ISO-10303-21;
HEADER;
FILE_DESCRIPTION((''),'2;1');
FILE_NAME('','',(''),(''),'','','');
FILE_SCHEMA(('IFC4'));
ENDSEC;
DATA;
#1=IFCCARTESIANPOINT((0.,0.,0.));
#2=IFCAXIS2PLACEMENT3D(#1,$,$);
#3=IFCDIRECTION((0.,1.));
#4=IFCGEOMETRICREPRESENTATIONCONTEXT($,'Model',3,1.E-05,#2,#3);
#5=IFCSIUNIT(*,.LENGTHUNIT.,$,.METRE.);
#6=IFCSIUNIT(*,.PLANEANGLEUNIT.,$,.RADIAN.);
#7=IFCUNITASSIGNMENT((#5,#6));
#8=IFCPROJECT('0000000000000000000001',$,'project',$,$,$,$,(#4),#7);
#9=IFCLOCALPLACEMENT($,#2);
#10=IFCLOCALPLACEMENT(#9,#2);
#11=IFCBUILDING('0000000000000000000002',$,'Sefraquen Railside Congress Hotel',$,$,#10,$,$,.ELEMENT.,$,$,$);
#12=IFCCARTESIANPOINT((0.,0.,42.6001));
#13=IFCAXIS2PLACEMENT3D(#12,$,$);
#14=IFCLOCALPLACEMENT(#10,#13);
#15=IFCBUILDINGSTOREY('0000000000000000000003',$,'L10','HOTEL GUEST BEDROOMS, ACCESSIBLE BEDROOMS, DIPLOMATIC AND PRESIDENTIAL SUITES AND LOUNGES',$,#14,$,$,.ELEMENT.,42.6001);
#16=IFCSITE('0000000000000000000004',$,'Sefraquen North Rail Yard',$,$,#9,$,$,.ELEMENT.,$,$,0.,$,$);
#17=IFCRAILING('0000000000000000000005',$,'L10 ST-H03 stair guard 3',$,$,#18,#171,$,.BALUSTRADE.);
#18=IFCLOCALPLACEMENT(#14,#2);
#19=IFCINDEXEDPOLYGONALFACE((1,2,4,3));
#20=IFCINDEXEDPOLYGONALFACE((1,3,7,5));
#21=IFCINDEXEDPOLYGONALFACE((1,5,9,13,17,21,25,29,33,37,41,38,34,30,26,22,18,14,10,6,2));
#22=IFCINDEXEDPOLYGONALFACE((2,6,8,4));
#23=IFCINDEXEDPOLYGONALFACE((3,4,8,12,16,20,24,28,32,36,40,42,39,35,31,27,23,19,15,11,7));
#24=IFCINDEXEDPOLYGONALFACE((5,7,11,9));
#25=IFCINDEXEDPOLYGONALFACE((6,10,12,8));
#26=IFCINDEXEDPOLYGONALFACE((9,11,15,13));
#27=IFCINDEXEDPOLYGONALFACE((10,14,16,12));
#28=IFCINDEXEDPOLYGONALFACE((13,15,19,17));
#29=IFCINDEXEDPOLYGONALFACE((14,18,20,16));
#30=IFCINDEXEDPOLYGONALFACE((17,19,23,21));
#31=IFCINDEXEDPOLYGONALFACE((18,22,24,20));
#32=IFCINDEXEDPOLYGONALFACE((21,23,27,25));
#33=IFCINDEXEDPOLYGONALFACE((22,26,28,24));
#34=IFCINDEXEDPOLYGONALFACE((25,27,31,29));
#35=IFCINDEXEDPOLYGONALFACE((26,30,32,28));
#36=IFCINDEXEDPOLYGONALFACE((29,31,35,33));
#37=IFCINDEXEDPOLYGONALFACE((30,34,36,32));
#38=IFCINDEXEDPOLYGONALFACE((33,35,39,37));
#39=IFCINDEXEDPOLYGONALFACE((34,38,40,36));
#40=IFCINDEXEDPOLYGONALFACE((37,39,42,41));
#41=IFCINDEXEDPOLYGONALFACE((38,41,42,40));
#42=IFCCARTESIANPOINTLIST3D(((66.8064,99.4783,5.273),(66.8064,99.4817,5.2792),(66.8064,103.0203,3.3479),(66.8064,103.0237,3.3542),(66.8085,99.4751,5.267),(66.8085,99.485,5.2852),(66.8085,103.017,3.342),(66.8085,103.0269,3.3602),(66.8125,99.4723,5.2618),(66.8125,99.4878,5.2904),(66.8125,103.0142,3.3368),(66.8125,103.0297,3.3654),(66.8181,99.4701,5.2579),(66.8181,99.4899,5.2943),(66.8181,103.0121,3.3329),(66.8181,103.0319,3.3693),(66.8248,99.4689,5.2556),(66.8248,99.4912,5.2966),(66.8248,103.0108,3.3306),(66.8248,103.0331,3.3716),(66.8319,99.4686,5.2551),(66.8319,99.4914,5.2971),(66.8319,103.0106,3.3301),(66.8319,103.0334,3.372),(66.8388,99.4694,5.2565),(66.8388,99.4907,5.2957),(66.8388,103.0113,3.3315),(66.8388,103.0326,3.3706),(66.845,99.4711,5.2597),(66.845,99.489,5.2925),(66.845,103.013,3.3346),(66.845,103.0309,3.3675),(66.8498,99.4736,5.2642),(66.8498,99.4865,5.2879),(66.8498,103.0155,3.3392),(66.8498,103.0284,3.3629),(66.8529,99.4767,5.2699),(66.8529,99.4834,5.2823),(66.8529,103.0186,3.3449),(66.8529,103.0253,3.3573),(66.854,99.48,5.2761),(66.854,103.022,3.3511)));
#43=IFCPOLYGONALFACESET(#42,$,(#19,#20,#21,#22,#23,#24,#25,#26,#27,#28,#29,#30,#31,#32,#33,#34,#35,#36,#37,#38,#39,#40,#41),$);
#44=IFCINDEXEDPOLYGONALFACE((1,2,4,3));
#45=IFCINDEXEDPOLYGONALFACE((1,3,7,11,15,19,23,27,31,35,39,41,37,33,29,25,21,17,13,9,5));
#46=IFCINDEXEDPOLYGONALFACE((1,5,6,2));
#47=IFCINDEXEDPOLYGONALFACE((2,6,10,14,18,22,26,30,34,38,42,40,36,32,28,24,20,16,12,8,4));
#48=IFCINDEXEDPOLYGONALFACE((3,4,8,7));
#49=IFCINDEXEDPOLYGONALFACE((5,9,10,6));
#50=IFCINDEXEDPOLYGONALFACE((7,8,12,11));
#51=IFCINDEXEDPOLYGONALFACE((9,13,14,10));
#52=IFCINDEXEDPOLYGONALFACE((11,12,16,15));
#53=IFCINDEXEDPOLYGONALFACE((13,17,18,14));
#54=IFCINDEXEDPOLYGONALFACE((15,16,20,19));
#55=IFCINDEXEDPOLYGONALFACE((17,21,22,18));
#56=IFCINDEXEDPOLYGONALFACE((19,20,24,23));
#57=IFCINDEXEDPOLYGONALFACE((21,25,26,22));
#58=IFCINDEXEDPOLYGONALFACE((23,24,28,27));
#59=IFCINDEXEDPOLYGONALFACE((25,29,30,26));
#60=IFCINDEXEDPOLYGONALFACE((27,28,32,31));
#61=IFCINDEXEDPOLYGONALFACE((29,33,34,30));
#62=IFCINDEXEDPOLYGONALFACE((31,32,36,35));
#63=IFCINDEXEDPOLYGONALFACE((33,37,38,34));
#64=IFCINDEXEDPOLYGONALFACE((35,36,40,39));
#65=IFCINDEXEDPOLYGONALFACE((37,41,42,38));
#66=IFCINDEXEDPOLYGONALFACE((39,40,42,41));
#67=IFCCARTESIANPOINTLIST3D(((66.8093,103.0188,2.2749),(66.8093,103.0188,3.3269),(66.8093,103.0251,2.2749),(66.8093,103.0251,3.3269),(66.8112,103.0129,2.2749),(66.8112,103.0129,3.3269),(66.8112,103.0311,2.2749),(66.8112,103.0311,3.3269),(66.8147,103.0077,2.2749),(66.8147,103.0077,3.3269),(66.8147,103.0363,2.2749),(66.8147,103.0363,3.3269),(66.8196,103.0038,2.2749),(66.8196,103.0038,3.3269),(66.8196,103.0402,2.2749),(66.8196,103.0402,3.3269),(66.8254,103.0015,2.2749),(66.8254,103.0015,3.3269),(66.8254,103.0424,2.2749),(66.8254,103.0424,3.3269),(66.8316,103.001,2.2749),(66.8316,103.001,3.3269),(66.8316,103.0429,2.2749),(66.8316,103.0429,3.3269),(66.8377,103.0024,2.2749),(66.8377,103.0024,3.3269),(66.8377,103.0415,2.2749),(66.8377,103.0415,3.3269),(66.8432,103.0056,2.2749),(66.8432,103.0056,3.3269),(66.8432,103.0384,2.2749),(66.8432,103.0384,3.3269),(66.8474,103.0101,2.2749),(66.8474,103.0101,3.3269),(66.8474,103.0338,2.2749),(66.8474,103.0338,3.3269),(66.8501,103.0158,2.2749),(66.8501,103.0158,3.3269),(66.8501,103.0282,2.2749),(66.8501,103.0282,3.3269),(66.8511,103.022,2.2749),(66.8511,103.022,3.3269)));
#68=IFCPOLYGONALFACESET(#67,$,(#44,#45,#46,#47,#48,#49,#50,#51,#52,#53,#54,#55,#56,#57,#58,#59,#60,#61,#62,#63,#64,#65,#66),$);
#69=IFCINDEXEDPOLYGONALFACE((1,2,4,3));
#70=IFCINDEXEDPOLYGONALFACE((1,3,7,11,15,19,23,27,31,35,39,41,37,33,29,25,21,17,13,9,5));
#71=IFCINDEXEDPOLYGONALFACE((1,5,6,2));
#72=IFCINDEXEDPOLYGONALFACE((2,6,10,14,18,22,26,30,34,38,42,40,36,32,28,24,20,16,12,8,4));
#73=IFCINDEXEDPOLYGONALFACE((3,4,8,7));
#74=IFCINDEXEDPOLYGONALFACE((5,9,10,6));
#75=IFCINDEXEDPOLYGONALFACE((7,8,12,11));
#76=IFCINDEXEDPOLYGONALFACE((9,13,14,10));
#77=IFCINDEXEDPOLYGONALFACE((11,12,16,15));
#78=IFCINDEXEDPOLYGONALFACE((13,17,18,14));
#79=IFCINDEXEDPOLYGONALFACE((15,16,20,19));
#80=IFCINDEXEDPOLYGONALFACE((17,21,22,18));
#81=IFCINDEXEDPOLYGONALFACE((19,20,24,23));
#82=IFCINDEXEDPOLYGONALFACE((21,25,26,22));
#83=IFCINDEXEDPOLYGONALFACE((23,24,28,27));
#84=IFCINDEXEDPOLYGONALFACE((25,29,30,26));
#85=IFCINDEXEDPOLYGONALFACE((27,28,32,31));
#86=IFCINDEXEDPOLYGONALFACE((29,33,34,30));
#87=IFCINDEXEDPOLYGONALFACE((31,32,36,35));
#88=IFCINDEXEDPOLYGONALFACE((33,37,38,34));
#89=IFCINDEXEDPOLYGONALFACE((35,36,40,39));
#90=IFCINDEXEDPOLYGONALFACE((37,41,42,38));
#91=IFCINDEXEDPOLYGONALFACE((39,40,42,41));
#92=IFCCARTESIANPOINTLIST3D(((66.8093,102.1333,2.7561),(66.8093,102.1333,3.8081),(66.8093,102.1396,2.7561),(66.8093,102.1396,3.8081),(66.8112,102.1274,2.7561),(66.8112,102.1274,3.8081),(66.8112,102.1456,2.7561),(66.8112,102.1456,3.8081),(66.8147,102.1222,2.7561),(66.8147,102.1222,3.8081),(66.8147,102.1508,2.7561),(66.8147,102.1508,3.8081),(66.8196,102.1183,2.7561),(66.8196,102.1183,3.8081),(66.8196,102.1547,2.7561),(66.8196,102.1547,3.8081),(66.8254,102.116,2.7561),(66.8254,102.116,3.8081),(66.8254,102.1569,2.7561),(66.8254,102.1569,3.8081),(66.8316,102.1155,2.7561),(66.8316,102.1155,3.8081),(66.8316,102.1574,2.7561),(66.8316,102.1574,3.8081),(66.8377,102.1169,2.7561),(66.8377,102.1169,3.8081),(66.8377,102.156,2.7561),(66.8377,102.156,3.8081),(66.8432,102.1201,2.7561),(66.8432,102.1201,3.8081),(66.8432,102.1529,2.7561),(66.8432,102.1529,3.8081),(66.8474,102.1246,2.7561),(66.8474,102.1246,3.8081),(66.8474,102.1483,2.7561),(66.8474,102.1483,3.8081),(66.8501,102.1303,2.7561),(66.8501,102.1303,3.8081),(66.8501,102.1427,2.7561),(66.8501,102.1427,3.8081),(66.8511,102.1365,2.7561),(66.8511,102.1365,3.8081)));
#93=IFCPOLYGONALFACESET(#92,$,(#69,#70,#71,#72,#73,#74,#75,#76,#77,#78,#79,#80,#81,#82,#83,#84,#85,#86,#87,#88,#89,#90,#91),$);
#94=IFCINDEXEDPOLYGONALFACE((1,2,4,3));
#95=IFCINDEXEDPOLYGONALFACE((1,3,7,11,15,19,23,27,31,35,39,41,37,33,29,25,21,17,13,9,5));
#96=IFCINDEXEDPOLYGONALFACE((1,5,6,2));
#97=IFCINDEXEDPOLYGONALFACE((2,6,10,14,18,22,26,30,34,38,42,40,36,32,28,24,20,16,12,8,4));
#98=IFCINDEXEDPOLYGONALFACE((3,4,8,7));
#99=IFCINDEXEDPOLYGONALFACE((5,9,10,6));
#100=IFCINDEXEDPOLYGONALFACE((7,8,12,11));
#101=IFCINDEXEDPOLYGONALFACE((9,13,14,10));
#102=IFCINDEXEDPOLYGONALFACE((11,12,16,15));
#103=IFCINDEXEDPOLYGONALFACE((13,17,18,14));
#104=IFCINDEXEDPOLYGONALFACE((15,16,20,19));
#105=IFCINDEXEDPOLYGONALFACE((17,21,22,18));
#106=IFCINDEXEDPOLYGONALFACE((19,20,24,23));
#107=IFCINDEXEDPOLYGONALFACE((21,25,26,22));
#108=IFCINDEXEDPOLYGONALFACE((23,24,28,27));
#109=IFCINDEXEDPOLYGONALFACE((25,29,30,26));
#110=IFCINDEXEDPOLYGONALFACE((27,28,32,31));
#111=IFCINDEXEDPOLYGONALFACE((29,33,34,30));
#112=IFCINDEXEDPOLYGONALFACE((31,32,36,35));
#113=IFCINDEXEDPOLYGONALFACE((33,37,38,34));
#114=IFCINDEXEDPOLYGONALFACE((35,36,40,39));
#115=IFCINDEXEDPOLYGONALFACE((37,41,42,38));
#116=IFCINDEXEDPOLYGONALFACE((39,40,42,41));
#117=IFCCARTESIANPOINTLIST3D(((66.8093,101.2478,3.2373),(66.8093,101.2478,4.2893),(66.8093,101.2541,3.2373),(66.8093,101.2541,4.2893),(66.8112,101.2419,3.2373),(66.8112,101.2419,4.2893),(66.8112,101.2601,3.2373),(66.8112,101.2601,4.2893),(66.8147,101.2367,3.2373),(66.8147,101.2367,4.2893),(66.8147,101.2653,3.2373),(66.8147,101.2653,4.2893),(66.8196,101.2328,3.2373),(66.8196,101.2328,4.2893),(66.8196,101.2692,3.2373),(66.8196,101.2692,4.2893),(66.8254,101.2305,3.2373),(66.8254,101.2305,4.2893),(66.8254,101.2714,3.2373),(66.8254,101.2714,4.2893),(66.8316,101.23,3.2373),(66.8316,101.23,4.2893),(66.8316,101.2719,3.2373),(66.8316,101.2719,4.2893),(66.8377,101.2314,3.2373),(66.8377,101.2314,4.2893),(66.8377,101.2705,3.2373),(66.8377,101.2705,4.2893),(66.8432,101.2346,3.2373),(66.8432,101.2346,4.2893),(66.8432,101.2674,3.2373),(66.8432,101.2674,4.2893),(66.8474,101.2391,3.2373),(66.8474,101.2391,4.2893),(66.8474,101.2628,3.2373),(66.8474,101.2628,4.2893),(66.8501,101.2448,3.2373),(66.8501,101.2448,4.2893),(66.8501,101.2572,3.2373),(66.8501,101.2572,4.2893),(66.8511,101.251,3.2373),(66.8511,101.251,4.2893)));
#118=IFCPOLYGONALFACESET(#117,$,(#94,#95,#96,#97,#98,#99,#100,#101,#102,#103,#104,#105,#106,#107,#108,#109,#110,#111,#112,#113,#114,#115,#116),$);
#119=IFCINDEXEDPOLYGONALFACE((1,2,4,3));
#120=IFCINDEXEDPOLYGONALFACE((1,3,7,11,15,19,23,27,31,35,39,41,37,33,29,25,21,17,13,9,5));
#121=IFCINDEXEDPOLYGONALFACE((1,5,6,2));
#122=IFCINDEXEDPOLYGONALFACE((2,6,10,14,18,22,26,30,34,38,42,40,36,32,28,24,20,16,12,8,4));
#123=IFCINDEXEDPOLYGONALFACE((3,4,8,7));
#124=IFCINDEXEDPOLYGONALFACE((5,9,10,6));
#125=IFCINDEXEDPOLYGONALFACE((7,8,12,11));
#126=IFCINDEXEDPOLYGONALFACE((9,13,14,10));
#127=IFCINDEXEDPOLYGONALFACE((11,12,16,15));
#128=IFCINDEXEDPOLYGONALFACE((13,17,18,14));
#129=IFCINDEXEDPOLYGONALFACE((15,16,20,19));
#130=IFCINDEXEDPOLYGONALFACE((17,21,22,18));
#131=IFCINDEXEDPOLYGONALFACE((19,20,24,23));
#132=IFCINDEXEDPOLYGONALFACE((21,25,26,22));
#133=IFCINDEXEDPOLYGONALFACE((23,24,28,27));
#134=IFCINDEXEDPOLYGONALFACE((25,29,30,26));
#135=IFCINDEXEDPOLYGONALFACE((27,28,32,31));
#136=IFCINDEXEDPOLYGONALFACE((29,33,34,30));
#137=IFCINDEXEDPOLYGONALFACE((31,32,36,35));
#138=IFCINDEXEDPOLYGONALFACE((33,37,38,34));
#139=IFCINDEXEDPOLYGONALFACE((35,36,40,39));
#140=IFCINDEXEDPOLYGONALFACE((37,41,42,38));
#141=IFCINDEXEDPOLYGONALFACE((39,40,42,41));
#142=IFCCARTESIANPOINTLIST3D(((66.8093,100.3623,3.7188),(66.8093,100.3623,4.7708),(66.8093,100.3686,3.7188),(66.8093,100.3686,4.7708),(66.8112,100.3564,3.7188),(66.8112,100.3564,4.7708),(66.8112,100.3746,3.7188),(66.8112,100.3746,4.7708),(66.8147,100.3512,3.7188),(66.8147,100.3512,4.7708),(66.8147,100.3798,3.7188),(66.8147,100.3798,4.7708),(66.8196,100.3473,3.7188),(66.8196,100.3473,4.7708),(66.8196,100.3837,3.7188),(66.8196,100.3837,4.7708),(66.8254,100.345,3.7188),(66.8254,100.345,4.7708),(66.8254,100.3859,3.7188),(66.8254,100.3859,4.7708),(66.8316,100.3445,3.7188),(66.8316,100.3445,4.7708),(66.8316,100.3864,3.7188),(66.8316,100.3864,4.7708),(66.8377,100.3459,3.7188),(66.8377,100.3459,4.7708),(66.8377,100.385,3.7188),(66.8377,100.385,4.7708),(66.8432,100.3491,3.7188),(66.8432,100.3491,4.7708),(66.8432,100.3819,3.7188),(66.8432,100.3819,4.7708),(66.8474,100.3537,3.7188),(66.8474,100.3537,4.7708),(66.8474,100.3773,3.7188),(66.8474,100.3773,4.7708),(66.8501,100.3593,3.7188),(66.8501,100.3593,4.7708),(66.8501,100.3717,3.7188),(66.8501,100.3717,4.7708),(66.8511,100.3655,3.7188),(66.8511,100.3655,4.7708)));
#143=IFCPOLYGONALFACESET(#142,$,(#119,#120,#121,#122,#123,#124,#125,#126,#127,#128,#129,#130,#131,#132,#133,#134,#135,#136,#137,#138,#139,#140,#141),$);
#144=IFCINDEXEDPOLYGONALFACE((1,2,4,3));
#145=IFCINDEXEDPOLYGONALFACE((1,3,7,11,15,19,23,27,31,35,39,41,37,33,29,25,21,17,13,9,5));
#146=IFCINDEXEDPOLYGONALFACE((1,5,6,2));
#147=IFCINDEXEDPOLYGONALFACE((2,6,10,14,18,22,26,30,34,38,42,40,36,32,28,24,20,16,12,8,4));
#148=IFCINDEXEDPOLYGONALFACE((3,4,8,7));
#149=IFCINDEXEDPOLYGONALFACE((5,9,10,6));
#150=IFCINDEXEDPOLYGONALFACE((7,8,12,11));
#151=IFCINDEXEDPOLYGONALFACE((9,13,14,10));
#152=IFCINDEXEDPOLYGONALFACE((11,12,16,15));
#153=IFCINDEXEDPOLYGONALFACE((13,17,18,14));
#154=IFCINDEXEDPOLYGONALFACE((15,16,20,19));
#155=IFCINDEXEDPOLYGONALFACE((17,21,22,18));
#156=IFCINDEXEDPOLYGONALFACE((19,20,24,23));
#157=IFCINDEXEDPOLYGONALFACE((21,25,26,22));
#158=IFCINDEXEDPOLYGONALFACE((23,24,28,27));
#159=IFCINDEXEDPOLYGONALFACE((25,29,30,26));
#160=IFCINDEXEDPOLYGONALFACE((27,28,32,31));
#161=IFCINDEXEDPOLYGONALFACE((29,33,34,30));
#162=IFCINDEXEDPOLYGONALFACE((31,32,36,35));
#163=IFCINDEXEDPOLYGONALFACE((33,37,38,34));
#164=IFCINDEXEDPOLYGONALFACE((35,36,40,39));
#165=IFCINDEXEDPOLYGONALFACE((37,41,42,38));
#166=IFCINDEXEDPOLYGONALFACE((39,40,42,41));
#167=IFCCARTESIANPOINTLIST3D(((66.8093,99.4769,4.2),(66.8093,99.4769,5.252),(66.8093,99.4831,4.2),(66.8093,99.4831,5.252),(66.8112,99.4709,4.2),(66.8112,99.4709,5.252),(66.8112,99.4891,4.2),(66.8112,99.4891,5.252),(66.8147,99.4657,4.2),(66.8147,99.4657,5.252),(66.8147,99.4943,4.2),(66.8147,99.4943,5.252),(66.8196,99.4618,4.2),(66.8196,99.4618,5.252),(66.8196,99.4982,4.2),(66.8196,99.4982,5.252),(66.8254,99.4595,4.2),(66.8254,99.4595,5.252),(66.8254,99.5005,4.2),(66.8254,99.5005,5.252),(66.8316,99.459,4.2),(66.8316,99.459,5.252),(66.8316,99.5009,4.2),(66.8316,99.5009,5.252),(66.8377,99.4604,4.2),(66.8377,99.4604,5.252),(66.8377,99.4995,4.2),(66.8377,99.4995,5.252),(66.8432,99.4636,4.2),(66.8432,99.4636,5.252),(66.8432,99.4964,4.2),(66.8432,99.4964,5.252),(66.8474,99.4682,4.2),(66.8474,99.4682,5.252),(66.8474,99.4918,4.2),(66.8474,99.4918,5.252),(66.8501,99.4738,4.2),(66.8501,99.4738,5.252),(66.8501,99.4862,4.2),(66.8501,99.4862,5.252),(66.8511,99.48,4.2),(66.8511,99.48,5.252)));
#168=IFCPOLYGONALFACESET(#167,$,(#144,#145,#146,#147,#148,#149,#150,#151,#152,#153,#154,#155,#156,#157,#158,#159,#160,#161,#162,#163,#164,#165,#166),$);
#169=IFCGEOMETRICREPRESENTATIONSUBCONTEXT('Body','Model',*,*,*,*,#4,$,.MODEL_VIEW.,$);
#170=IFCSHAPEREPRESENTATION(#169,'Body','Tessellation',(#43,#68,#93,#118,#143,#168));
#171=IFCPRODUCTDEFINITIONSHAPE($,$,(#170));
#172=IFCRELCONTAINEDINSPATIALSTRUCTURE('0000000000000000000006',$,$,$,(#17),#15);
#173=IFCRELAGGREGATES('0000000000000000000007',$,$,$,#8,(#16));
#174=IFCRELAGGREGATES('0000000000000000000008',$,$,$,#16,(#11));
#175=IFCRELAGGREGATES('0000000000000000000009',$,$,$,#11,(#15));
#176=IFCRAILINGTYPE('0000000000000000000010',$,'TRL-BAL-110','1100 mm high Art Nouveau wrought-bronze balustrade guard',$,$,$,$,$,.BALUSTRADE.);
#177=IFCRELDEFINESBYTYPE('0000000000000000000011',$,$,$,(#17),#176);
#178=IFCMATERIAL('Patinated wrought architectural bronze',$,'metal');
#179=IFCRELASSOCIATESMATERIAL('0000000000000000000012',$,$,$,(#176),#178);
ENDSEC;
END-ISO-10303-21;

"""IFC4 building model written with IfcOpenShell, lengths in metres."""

from ifc_helpers import new_model, si_unit, direction, frame, origin, origin_2d, place, context, subcontext, project, spatial, circle, extrude, material, type_object, element, save


model = new_model("IFC4")

# Units and contexts
model_context = context("Model", 3, precision=1e-05, world=origin(), true_north=direction((0.0, 1.0)))
body_context = subcontext(model_context, "Body", "Model", "MODEL_VIEW")
ifc_project = project(units=[si_unit("LENGTHUNIT", "METRE"), si_unit("PLANEANGLEUNIT", "RADIAN")], contexts=[model_context])

# Site, building, storey
site_placement = place(None, origin())
site = spatial("IfcSite", under=ifc_project, at=site_placement, Name="Sefraquen North Rail Yard", CompositionType="ELEMENT", RefElevation=0.0)
building_placement = place(site_placement, origin())
building = spatial("IfcBuilding", under=site, at=building_placement, Name="Sefraquen Railside Congress Hotel", CompositionType="ELEMENT")
storey_placement = place(building_placement, frame((0.0, 0.0, 42.6001)))
storey = spatial("IfcBuildingStorey", under=building, at=storey_placement, Name="L10", Description="HOTEL GUEST BEDROOMS, ACCESSIBLE BEDROOMS, DIPLOMATIC AND PRESIDENTIAL SUITES AND LOUNGES", CompositionType="ELEMENT", Elevation=42.6001)

# Railing
ifc_material_1 = material(Name="Patinated wrought architectural bronze", Category="metal")
railing_type_1 = type_object("IfcRailingType", Name="TRL-BAL-110", Description="1100 mm high Art Nouveau wrought-bronze balustrade guard", PredefinedType="BALUSTRADE", material=ifc_material_1)
railing_1_placement = place(storey_placement, frame((66.8301, 103.022, 2.2749)))
element("IfcRailing", 1, at=railing_1_placement, inside=storey, type_object=railing_type_1, Name="L10 ST-H03 stair guard 3", PredefinedType="BALUSTRADE", context=body_context, shape_type="SweptSolid", body=[
    extrude(circle(Radius=0.0239, at=origin_2d()), frame((0.0, 0.0, 1.0762), z_axis=(0.0, -0.878619, 0.477523), x_axis=(1.0, 0.0, 0.0)), (0.0, 0.0, 1.0), 4.0312),
    extrude(circle(Radius=0.021, at=origin_2d()), origin(), (0.0, 0.0, 1.0), 1.052),
    extrude(circle(Radius=0.021, at=origin_2d()), frame((0.0, -0.8855, 0.4812)), (0.0, 0.0, 1.0), 1.052),
    extrude(circle(Radius=0.021, at=origin_2d()), frame((0.0, -1.771, 0.9624)), (0.0, 0.0, 1.0), 1.052),
    extrude(circle(Radius=0.021, at=origin_2d()), frame((0.0, -2.6565, 1.4438)), (0.0, 0.0, 1.0), 1.052),
    extrude(circle(Radius=0.021, at=origin_2d()), frame((0.0, -3.542, 1.925)), (0.0, 0.0, 1.0), 1.052),
])

save(model, "model.ifc")
